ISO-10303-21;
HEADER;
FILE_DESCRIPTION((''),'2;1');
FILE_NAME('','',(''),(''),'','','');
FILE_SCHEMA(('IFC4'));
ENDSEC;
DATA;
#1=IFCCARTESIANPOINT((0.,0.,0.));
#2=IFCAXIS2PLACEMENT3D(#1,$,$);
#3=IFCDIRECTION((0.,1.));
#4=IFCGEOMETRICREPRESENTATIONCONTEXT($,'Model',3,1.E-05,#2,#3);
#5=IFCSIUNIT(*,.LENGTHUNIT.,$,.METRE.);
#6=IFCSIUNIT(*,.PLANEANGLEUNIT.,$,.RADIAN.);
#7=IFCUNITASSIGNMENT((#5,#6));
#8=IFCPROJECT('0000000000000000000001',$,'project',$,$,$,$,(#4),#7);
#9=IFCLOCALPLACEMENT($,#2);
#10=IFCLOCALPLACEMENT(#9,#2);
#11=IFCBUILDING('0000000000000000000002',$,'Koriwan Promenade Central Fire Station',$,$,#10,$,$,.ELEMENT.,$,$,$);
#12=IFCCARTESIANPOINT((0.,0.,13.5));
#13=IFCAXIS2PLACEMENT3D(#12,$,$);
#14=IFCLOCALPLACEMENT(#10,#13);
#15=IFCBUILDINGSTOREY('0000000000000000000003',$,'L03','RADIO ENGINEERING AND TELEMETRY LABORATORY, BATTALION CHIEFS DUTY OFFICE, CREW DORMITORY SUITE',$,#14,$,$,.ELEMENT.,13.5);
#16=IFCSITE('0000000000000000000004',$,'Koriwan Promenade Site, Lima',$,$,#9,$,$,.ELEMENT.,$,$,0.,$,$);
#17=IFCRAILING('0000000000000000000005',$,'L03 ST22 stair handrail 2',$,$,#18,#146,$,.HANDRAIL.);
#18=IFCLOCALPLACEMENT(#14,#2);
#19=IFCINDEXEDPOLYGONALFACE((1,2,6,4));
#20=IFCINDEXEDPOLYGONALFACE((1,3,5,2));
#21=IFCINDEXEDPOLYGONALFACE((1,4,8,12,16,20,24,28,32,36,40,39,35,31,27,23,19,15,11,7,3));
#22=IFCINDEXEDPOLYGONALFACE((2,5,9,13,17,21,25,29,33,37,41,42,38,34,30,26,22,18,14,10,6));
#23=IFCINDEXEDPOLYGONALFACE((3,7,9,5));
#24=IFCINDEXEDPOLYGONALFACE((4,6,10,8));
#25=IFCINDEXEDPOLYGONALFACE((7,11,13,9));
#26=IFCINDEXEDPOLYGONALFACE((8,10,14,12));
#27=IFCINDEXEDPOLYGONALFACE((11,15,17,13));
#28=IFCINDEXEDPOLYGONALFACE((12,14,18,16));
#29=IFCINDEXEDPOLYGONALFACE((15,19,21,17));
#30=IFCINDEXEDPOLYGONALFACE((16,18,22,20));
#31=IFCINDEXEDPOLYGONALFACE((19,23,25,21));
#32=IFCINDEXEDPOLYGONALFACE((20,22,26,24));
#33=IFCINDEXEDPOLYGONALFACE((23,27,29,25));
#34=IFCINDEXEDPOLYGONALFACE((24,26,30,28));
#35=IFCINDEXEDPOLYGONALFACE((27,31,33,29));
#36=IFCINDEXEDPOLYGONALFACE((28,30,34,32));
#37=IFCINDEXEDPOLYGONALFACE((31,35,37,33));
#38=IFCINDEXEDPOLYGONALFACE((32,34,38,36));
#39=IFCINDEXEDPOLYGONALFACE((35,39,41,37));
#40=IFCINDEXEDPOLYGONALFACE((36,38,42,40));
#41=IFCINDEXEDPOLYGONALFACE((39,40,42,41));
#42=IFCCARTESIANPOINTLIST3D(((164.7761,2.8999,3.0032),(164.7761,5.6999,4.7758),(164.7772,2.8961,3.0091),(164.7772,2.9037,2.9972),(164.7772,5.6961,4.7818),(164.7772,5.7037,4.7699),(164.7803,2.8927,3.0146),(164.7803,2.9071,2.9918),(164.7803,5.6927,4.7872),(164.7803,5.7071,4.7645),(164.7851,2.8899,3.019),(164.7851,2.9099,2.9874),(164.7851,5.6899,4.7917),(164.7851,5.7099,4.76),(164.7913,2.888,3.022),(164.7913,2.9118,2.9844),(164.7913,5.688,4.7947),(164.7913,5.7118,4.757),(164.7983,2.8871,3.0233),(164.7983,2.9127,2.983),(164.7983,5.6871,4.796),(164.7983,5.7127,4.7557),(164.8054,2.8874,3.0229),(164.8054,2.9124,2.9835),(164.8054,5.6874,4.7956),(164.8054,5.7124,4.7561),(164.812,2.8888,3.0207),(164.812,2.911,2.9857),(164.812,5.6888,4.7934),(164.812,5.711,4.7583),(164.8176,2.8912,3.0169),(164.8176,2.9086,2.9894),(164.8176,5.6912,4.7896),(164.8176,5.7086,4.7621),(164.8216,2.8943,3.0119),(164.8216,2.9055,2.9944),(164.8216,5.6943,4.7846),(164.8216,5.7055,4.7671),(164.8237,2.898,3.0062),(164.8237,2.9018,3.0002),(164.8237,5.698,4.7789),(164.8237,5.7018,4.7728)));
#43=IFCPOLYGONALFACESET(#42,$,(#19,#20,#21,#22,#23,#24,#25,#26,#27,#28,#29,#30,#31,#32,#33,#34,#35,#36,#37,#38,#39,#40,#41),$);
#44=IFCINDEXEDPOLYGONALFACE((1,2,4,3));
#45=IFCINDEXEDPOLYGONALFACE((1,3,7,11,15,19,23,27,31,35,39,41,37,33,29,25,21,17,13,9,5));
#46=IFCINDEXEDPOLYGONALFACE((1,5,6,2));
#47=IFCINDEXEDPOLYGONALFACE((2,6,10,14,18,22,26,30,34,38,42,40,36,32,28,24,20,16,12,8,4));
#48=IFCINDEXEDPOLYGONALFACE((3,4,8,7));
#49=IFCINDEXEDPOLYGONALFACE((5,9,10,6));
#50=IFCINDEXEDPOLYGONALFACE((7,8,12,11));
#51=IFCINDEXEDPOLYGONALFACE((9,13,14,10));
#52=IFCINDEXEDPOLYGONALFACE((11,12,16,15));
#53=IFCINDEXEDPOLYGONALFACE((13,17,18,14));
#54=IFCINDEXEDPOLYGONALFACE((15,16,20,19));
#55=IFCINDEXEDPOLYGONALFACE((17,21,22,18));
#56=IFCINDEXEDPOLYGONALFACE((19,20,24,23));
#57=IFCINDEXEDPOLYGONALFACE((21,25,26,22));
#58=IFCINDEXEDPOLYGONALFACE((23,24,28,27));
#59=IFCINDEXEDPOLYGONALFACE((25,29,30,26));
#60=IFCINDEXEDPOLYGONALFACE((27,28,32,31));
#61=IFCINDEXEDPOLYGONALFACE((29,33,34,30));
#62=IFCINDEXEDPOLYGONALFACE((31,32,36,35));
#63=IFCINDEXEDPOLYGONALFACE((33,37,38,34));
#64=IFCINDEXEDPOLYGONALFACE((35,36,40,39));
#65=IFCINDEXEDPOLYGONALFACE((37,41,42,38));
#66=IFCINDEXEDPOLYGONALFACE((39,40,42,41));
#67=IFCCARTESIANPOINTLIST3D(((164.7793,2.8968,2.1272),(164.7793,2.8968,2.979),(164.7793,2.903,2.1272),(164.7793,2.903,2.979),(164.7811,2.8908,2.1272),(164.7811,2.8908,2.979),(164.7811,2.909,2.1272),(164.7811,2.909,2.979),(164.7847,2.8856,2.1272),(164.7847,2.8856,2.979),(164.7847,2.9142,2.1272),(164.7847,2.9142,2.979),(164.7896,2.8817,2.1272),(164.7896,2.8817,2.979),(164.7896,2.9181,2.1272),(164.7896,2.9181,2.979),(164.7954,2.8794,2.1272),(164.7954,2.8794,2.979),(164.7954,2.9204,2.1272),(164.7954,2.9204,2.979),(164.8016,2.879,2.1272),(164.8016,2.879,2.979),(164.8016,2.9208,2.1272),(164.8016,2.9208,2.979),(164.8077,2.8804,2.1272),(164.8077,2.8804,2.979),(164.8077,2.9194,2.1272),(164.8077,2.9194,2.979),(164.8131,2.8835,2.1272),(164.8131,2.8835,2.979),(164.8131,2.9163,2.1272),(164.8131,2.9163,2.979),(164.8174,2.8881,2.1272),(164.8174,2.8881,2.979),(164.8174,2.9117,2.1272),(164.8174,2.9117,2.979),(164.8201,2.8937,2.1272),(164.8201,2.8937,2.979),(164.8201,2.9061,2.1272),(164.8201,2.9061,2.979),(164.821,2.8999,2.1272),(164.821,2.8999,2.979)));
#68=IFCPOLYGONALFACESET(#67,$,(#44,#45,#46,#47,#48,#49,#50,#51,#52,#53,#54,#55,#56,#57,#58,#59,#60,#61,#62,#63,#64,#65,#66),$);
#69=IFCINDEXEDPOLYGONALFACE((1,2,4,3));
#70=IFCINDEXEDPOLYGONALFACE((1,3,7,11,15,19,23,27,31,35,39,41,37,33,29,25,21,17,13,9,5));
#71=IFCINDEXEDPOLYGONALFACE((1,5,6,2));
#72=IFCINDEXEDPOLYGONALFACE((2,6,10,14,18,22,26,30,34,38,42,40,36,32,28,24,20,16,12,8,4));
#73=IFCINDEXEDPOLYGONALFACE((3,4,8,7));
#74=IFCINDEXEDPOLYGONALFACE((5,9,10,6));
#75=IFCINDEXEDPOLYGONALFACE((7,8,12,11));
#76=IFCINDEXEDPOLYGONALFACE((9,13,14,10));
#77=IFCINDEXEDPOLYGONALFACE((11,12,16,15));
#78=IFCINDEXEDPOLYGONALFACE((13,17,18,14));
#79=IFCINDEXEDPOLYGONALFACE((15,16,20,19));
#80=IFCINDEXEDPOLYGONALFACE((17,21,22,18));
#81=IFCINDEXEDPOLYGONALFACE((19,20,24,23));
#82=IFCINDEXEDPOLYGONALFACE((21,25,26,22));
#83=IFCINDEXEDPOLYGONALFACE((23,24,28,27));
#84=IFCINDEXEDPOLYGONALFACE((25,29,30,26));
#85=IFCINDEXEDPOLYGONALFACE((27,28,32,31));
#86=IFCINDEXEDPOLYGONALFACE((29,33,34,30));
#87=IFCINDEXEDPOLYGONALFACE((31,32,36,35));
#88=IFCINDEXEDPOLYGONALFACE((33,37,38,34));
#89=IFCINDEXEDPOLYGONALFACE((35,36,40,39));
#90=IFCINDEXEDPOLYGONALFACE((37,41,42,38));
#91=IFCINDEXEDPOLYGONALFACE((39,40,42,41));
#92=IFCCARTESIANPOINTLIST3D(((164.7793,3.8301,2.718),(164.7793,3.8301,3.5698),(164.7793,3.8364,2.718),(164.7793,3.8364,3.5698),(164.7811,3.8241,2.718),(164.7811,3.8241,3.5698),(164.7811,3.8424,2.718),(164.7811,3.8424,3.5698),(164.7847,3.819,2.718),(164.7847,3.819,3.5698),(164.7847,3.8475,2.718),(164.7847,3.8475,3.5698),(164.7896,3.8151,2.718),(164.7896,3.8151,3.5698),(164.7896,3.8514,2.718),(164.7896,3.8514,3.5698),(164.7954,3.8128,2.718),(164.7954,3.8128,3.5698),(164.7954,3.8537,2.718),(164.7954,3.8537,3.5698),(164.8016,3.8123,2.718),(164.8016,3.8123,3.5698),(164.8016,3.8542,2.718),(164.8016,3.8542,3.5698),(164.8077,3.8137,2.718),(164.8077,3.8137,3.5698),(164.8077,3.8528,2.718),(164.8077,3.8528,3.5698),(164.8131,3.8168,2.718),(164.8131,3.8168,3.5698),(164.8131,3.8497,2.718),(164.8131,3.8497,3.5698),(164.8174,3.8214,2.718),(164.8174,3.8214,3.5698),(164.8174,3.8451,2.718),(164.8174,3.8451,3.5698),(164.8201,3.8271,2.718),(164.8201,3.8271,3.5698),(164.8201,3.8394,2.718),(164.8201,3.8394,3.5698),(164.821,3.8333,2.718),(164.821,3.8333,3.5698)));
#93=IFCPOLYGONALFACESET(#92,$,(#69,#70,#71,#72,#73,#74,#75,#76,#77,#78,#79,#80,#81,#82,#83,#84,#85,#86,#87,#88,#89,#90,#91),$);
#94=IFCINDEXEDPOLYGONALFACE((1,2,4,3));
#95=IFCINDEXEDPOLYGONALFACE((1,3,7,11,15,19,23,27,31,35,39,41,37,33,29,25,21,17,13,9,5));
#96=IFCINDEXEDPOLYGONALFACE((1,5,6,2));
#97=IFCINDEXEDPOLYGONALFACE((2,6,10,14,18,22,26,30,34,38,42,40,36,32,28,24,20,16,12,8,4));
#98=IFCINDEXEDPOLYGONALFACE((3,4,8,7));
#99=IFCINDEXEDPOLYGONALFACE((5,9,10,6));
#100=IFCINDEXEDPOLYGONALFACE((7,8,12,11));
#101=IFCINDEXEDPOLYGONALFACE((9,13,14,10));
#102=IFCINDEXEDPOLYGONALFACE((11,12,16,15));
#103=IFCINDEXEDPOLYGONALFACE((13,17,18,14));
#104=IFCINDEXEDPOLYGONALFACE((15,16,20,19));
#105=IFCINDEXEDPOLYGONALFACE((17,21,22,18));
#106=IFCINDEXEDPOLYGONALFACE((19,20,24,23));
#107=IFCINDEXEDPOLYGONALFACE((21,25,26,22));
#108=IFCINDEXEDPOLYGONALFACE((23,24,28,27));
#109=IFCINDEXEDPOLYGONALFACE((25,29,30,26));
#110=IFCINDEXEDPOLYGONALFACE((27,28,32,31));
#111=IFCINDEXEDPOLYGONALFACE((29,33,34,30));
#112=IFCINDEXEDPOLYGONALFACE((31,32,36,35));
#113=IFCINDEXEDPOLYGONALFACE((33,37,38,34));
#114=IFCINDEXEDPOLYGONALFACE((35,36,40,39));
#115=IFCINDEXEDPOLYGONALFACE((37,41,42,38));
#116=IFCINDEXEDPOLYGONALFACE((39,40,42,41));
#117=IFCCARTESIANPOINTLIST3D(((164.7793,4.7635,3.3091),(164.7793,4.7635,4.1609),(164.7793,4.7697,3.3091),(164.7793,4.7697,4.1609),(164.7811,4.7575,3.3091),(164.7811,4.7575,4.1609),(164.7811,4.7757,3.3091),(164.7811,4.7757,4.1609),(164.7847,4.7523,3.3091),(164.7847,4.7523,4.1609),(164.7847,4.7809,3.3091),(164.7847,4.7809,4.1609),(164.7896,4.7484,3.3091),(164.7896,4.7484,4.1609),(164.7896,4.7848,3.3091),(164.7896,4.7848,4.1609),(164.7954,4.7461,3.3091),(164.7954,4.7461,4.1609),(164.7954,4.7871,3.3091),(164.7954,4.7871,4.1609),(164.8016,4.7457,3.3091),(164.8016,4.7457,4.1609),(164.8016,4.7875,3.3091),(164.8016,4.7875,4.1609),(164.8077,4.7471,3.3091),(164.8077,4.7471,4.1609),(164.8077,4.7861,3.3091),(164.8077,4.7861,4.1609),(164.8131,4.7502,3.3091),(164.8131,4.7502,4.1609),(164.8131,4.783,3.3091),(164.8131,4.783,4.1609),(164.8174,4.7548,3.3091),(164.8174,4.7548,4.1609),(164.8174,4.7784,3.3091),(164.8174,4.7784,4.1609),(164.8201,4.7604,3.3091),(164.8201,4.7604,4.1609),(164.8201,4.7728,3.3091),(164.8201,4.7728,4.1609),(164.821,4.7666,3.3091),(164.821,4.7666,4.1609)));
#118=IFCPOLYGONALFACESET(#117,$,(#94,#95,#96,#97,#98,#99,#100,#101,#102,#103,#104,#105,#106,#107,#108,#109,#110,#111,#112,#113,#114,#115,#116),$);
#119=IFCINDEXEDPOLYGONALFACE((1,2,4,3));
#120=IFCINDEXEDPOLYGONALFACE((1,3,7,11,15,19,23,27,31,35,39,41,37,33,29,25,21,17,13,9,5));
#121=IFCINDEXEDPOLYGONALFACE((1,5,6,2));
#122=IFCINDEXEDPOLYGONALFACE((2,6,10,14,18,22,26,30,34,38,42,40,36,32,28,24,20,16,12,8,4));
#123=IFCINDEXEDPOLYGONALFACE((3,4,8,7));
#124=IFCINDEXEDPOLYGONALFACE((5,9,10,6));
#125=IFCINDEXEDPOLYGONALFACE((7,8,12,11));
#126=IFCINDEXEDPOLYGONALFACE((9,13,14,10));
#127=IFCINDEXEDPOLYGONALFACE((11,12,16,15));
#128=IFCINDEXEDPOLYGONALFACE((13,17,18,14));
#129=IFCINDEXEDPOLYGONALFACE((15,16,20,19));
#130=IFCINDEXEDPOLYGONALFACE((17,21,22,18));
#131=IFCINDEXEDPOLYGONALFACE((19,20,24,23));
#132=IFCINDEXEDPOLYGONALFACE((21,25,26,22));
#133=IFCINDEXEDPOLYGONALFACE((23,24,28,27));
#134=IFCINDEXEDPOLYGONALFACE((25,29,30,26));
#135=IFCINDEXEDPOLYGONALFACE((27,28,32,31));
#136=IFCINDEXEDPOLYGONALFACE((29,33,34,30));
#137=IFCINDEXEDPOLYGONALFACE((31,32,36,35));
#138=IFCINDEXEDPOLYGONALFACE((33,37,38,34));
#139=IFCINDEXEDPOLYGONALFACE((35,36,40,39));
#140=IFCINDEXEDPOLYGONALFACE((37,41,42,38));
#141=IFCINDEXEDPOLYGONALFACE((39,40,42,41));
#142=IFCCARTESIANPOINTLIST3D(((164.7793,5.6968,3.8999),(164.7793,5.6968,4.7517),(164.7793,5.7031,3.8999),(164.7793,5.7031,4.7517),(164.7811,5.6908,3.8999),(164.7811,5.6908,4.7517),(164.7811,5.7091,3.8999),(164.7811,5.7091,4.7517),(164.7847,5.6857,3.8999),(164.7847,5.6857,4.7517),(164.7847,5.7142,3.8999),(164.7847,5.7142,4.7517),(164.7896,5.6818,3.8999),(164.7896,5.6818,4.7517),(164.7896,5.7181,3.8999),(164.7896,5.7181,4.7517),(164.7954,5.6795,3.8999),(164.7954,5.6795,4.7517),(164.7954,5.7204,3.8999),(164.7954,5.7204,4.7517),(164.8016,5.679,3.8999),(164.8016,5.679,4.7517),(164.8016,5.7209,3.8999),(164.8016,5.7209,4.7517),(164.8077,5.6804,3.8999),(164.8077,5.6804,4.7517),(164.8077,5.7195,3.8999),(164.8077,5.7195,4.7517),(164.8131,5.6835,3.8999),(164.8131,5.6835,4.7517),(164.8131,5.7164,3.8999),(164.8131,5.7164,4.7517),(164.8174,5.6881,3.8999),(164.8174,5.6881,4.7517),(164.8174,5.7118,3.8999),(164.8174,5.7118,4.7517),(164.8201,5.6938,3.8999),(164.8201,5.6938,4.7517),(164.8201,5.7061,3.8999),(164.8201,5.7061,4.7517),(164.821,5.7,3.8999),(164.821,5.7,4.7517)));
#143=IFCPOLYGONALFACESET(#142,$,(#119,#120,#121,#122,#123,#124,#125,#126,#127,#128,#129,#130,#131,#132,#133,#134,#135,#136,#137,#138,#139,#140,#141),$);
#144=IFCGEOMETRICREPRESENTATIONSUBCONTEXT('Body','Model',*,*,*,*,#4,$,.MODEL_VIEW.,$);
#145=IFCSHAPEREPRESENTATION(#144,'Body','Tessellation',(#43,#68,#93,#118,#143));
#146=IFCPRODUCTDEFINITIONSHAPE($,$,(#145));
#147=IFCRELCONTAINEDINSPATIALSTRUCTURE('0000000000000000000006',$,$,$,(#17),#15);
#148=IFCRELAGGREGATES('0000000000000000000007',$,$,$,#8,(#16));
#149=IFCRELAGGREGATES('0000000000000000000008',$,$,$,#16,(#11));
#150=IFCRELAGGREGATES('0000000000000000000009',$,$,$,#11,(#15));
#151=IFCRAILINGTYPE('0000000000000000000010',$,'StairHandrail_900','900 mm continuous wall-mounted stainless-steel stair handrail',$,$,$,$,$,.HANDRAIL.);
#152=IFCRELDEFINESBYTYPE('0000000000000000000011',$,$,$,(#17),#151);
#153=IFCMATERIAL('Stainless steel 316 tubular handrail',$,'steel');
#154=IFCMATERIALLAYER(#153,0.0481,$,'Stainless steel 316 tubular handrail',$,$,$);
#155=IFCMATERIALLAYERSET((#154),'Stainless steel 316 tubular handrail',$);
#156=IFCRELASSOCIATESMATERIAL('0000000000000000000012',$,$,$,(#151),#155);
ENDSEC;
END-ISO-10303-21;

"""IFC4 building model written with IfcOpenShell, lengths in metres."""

from ifc_helpers import new_model, si_unit, direction, frame, origin, origin_2d, place, context, subcontext, project, spatial, circle, extrude, material, layer, layer_set, type_object, element, save


model = new_model("IFC4")

# Units and contexts
model_context = context("Model", 3, precision=1e-05, world=origin(), true_north=direction((0.0, 1.0)))
body_context = subcontext(model_context, "Body", "Model", "MODEL_VIEW")
ifc_project = project(units=[si_unit("LENGTHUNIT", "METRE"), si_unit("PLANEANGLEUNIT", "RADIAN")], contexts=[model_context])

# Site, building, storey
site_placement = place(None, origin())
site = spatial("IfcSite", under=ifc_project, at=site_placement, Name="Koriwan Promenade Site, Lima", CompositionType="ELEMENT", RefElevation=0.0)
building_placement = place(site_placement, origin())
building = spatial("IfcBuilding", under=site, at=building_placement, Name="Koriwan Promenade Central Fire Station", CompositionType="ELEMENT")
storey_placement = place(building_placement, frame((0.0, 0.0, 13.5)))
storey = spatial("IfcBuildingStorey", under=building, at=storey_placement, Name="L03", Description="RADIO ENGINEERING AND TELEMETRY LABORATORY, BATTALION CHIEFS DUTY OFFICE, CREW DORMITORY SUITE", CompositionType="ELEMENT", Elevation=13.5)

# Railing
ifc_material_1 = material(Name="Stainless steel 316 tubular handrail", Category="steel")
ifc_layer_1 = layer(ifc_material_1, 0.0481, Name="Stainless steel 316 tubular handrail")
ifc_layer_set_1 = layer_set([ifc_layer_1], Name="Stainless steel 316 tubular handrail")
railing_type_1 = type_object("IfcRailingType", Name="StairHandrail_900", Description="900 mm continuous wall-mounted stainless-steel stair handrail", PredefinedType="HANDRAIL", material=ifc_layer_set_1)
railing_1_placement = place(storey_placement, frame((164.8, 2.8999, 2.1272)))
element("IfcRailing", 1, at=railing_1_placement, inside=storey, type_object=railing_type_1, Name="L03 ST22 stair handrail 2", PredefinedType="HANDRAIL", context=body_context, shape_type="SweptSolid", body=[
    extrude(circle(Radius=0.0239, at=origin_2d()), frame((0.0, 0.0, 0.876), z_axis=(0.0, 0.844909, 0.53491), x_axis=(-1.0, 0.0, 0.0)), (0.0, 0.0, 1.0), 3.314),
    extrude(circle(Radius=0.021, at=origin_2d()), origin(), (0.0, 0.0, 1.0), 0.8518),
    extrude(circle(Radius=0.021, at=origin_2d()), frame((0.0, 0.9333, 0.5908)), (0.0, 0.0, 1.0), 0.8518),
    extrude(circle(Radius=0.021, at=origin_2d()), frame((0.0, 1.8667, 1.1819)), (0.0, 0.0, 1.0), 0.8518),
    extrude(circle(Radius=0.021, at=origin_2d()), frame((0.0, 2.8, 1.7727)), (0.0, 0.0, 1.0), 0.8518),
])

save(model, "model.ifc")
